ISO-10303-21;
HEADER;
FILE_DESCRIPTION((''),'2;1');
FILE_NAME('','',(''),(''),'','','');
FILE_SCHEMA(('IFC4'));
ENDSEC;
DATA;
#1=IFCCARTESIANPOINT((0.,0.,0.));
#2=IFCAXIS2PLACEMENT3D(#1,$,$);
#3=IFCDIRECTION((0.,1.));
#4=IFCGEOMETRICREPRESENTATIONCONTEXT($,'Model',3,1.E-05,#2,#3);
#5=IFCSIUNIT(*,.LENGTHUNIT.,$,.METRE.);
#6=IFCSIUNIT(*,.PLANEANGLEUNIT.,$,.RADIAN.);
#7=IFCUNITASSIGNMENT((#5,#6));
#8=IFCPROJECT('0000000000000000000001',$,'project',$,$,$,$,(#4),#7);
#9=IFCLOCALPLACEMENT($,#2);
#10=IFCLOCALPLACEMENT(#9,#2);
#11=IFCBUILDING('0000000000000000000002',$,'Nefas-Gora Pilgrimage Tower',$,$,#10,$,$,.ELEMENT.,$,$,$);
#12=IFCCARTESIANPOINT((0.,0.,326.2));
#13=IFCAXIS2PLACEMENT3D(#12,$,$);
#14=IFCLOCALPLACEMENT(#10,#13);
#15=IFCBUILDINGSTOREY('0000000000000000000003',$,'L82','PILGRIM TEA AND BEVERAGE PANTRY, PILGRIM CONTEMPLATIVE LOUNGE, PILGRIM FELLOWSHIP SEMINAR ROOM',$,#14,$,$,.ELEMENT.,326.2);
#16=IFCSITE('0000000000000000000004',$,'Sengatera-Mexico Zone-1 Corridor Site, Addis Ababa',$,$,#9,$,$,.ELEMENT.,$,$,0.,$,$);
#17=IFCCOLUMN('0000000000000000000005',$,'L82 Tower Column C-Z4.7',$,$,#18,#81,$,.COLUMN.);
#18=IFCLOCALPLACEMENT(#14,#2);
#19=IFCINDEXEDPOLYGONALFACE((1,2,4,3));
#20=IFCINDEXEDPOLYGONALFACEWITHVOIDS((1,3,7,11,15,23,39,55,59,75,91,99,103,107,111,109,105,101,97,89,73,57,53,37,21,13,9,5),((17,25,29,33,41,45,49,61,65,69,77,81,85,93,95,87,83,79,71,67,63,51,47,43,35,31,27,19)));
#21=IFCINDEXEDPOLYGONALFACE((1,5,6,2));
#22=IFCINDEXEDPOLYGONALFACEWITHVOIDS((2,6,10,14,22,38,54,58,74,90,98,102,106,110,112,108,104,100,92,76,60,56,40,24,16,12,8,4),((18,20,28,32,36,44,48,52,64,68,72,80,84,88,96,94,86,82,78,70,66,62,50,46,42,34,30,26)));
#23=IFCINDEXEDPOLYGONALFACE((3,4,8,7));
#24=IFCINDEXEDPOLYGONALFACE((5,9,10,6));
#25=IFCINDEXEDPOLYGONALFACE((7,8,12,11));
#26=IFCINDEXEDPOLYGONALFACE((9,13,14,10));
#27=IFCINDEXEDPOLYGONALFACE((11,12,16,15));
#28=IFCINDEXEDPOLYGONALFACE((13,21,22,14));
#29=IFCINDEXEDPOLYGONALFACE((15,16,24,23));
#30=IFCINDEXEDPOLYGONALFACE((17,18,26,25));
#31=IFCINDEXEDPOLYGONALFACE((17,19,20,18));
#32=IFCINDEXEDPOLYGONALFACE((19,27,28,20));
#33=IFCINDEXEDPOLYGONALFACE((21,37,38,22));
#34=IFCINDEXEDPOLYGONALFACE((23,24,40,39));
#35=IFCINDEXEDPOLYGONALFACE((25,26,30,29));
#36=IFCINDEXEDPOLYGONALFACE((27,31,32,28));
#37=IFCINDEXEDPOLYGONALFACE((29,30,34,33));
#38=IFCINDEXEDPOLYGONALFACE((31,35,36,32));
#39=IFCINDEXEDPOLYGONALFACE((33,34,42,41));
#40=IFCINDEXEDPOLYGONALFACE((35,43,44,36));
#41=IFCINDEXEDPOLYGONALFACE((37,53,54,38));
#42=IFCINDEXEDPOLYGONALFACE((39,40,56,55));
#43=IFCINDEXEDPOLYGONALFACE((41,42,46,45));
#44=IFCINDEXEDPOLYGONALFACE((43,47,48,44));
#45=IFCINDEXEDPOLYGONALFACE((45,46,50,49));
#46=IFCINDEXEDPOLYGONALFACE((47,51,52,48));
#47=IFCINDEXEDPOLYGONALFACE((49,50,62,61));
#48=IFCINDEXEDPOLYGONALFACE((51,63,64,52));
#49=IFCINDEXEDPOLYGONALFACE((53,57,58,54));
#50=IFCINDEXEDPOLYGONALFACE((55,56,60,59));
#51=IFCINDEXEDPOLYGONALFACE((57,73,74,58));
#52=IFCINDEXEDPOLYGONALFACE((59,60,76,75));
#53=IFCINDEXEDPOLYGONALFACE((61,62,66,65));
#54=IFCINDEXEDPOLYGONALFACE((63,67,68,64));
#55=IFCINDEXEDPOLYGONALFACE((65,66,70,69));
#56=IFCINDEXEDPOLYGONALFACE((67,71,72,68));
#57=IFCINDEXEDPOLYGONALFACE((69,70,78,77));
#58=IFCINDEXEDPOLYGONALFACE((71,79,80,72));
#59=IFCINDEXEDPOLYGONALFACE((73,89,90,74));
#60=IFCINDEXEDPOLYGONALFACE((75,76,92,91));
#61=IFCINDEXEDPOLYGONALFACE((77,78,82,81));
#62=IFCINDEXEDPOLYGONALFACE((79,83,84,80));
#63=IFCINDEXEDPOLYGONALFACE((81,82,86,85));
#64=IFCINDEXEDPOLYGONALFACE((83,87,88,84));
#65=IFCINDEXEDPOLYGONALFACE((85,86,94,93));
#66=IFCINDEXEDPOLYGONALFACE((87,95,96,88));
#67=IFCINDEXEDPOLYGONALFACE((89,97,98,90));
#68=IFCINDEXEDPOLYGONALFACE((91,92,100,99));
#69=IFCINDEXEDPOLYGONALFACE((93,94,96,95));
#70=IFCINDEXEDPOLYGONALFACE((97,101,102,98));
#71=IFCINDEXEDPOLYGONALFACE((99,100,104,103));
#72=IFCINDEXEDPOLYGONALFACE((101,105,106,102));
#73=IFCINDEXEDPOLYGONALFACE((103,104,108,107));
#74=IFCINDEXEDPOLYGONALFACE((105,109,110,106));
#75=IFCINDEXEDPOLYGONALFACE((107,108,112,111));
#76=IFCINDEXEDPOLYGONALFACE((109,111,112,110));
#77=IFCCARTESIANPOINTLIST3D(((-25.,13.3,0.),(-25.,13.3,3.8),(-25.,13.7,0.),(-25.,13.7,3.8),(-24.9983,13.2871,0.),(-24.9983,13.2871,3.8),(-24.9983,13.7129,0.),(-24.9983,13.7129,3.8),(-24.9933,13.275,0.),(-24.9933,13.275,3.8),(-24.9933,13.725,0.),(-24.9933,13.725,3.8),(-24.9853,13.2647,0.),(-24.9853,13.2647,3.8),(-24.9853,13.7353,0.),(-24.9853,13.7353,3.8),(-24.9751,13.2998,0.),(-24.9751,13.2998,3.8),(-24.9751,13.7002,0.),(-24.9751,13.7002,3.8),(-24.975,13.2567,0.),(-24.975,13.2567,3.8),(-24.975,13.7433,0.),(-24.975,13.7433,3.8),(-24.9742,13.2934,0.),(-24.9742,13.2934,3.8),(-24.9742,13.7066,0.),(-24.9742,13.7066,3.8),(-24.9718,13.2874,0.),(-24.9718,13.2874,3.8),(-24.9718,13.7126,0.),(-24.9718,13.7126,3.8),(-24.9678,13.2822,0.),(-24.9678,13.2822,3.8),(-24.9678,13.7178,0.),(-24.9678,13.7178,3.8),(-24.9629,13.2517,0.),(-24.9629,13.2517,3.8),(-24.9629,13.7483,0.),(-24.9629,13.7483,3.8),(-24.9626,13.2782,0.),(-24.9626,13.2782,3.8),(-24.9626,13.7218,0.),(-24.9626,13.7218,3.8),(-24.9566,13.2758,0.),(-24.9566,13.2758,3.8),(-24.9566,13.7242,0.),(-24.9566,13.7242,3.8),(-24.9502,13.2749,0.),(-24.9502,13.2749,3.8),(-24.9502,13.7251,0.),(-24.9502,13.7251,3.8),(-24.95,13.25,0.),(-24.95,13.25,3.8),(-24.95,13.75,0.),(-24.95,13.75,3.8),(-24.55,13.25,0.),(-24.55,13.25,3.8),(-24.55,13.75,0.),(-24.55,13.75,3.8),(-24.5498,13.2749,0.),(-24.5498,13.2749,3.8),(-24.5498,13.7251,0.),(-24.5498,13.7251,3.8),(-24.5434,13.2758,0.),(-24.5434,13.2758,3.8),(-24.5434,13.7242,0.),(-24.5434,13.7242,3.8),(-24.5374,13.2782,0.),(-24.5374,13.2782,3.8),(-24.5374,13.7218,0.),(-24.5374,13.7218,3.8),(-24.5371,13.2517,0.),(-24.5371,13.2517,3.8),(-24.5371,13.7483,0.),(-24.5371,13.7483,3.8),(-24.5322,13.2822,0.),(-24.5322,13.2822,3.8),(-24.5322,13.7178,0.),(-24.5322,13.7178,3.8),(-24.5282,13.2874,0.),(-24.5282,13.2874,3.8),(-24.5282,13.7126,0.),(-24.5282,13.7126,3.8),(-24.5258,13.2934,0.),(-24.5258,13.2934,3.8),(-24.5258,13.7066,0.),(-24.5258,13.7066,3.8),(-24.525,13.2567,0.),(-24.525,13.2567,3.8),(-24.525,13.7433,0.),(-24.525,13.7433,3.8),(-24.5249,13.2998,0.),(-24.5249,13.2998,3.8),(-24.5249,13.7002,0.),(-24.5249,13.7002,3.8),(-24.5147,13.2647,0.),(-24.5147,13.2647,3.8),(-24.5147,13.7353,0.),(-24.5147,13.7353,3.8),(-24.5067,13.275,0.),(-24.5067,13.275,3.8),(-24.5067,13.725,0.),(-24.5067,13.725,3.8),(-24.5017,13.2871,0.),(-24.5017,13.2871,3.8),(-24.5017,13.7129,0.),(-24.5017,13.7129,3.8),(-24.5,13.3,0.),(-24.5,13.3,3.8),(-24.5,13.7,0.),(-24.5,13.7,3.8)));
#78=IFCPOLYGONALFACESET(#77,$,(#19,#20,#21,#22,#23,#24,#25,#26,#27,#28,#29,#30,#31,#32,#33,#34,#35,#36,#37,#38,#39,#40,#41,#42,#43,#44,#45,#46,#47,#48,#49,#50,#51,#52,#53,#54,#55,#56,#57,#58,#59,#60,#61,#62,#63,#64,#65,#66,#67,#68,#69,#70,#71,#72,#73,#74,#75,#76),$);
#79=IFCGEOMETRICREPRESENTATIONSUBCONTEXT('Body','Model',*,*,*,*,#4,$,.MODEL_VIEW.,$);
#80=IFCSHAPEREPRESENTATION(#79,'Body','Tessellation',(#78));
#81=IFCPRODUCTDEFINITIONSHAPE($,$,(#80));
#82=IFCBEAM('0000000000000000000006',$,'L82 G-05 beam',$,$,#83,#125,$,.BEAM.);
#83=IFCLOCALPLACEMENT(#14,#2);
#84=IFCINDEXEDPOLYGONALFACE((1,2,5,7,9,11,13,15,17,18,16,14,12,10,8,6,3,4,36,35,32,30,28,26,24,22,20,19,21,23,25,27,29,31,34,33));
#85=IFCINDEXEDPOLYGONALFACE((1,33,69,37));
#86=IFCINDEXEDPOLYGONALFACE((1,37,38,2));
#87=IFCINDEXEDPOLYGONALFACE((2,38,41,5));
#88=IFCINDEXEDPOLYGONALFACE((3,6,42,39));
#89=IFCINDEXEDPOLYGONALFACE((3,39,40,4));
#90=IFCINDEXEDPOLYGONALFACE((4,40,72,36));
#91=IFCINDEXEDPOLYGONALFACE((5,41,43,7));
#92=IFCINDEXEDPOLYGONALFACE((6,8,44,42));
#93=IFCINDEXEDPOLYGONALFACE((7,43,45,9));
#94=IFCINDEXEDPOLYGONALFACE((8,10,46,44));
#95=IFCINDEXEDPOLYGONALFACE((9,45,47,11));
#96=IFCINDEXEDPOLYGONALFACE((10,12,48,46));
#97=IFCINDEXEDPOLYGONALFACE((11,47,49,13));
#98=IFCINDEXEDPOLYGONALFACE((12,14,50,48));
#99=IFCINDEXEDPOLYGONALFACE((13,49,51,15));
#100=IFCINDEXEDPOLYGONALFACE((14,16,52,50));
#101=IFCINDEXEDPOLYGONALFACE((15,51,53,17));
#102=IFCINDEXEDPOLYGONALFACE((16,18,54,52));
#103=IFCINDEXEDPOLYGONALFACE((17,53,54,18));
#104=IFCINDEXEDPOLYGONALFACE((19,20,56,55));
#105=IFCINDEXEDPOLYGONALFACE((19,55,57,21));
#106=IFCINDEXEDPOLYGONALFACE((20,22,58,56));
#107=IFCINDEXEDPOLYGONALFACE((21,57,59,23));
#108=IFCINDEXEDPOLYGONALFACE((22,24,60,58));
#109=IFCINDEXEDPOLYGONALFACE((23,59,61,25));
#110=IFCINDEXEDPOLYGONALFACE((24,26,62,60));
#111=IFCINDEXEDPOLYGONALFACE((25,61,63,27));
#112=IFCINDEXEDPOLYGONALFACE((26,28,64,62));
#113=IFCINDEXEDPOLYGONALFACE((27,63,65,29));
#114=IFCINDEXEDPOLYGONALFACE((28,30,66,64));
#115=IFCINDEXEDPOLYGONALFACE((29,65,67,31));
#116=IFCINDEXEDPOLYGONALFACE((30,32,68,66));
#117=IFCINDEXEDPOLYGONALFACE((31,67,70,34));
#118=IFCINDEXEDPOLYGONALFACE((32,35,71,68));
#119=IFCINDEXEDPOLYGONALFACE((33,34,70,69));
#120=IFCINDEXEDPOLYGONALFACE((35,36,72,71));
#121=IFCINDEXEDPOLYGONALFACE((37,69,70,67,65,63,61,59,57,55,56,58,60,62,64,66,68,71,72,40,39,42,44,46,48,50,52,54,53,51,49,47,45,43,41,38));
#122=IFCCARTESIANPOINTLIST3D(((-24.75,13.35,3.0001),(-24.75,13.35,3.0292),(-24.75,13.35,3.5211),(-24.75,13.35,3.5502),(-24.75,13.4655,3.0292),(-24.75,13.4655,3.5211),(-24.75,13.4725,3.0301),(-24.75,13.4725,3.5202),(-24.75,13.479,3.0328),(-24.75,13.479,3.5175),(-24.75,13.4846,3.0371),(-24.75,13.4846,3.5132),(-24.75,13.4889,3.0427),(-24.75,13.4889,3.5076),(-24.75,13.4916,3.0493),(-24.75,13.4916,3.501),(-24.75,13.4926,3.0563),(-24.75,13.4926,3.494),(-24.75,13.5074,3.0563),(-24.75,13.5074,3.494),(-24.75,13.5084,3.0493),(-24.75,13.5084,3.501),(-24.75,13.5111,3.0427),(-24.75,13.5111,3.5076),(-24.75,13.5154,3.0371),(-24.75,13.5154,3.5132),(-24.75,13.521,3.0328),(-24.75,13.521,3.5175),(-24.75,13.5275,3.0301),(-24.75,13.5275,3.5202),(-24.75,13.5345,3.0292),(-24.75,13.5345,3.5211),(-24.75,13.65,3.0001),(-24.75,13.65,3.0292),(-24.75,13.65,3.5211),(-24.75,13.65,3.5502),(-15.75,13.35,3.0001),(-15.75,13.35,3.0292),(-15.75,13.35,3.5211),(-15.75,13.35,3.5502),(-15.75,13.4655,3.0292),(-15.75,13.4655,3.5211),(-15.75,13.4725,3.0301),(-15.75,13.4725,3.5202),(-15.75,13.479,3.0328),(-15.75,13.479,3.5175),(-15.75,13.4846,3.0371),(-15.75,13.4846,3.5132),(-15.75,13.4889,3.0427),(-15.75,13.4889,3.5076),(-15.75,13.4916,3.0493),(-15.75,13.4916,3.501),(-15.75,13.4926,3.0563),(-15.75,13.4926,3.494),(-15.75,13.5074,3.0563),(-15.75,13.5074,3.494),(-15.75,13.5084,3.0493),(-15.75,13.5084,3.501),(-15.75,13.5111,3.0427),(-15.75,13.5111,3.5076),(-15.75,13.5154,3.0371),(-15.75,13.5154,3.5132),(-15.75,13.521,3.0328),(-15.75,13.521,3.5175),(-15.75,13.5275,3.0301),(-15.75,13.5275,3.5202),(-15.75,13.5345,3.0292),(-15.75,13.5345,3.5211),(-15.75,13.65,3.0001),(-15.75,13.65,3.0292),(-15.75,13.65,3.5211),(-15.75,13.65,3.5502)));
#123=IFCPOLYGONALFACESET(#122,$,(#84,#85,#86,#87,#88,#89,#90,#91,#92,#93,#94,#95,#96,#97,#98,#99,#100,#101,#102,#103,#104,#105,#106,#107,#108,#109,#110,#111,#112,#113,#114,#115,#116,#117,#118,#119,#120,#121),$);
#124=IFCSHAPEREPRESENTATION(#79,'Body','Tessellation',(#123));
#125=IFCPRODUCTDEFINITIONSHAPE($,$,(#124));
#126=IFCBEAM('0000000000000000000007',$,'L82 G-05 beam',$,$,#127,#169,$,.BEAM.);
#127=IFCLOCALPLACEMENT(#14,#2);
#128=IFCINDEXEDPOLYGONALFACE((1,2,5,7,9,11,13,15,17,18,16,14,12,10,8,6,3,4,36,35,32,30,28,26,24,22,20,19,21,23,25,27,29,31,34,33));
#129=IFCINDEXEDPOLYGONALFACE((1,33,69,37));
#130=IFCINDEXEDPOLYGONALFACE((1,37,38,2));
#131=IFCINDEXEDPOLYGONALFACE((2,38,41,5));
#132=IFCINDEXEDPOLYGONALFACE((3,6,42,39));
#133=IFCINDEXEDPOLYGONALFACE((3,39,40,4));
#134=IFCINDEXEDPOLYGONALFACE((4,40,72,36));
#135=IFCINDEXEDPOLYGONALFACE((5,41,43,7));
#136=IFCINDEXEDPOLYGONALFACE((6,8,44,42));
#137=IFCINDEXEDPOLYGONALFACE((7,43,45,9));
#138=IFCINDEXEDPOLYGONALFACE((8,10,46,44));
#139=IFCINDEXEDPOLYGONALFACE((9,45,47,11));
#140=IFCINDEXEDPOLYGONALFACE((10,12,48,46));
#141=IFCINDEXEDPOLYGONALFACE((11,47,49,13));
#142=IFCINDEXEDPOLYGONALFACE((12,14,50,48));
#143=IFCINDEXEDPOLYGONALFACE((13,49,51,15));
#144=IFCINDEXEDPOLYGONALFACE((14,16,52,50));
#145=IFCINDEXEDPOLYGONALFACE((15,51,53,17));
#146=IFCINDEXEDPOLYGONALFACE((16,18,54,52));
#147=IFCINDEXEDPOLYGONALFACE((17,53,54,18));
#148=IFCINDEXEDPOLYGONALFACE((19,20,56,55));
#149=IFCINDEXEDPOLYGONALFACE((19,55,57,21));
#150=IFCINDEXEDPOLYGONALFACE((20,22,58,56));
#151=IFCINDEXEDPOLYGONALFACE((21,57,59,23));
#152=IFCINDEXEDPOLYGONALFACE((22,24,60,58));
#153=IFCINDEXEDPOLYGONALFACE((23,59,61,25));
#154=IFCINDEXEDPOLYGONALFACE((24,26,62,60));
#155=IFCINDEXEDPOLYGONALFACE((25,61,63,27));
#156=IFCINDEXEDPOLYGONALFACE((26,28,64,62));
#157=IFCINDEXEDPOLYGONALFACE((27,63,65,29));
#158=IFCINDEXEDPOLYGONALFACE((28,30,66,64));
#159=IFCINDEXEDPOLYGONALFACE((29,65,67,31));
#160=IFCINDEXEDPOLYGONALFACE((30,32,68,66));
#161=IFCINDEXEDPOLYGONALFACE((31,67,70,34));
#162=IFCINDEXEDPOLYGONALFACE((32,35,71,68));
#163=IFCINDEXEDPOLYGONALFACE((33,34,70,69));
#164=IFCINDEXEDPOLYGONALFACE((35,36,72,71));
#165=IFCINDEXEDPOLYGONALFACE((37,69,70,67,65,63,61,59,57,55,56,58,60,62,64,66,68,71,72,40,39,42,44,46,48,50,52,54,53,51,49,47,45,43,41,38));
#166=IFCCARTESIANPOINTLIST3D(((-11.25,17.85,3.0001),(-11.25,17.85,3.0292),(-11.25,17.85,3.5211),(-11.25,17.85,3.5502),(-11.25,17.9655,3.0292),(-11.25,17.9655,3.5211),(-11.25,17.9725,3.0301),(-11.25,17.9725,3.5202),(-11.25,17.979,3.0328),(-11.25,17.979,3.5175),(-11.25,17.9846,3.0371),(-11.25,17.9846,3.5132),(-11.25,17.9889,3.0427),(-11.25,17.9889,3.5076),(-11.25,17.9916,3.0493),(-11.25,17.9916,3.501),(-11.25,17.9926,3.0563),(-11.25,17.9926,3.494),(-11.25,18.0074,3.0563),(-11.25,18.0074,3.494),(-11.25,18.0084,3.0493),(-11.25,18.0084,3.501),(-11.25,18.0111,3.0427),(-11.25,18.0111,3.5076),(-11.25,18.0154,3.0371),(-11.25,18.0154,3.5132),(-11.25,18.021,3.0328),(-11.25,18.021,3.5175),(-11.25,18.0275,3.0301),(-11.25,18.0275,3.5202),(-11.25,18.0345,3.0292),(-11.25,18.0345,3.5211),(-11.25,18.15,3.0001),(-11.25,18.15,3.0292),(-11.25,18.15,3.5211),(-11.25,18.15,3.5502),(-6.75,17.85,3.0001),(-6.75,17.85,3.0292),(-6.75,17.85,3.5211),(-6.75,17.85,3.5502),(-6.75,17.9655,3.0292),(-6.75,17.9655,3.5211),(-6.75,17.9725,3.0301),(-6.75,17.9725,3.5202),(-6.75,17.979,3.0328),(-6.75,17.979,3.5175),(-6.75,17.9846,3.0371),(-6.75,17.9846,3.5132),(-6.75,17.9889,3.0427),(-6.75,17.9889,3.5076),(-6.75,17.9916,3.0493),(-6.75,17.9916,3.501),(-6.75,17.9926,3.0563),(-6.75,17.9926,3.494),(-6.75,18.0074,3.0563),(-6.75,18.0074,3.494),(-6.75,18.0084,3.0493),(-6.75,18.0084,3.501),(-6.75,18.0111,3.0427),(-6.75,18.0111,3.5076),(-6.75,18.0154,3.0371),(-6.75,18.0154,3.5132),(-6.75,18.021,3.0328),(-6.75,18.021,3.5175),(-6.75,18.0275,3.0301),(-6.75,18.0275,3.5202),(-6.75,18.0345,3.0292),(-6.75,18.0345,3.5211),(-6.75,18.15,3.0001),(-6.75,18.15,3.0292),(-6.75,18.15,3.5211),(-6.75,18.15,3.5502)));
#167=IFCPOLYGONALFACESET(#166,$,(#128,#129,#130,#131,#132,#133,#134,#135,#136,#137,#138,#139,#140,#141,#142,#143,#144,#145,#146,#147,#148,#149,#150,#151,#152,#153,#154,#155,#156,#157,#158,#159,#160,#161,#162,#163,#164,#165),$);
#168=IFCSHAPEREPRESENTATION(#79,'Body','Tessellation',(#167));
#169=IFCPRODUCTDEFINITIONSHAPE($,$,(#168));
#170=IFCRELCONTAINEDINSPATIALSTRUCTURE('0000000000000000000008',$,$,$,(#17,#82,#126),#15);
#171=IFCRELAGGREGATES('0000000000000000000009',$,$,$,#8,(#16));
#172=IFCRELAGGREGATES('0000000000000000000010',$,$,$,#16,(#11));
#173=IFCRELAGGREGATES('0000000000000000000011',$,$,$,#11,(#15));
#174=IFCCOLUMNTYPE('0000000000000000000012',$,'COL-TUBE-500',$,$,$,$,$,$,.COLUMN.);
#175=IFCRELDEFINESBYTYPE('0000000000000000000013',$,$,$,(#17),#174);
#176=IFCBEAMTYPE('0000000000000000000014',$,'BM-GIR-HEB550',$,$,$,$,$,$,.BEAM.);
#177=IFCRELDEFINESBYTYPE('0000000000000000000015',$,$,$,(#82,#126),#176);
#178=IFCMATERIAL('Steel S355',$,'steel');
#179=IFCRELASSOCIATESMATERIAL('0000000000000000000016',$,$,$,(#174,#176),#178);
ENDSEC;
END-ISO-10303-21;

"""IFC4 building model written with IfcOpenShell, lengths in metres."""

from ifc_helpers import new_model, si_unit, direction, frame, origin, origin_2d, place, context, subcontext, project, spatial, hollow_rectangle, i_section, extrude, source, transform, mapped, material, material_profile, profile_set, type_object, element, save


model = new_model("IFC4")

# Units and contexts
model_context = context("Model", 3, precision=1e-05, world=origin(), true_north=direction((0.0, 1.0)))
body_context = subcontext(model_context, "Body", "Model", "MODEL_VIEW")
ifc_project = project(units=[si_unit("LENGTHUNIT", "METRE"), si_unit("PLANEANGLEUNIT", "RADIAN")], contexts=[model_context])

# Site, building, storey
site_placement = place(None, origin())
site = spatial("IfcSite", under=ifc_project, at=site_placement, Name="Sengatera-Mexico Zone-1 Corridor Site, Addis Ababa", CompositionType="ELEMENT", RefElevation=0.0)
building_placement = place(site_placement, origin())
building = spatial("IfcBuilding", under=site, at=building_placement, Name="Nefas-Gora Pilgrimage Tower", CompositionType="ELEMENT")
storey_placement = place(building_placement, frame((0.0, 0.0, 326.2)))
storey = spatial("IfcBuildingStorey", under=building, at=storey_placement, Name="L82", Description="PILGRIM TEA AND BEVERAGE PANTRY, PILGRIM CONTEMPLATIVE LOUNGE, PILGRIM FELLOWSHIP SEMINAR ROOM", CompositionType="ELEMENT", Elevation=326.2)

# Column
ifc_material_1 = material(Name="Steel S355", Category="steel")
ifc_material_profile_1 = material_profile(ifc_material_1, hollow_rectangle(XDim=0.5, YDim=0.5, WallThickness=0.0249, InnerFilletRadius=0.0249, OuterFilletRadius=0.05, at=origin_2d()), Name="SHS 500x500x25")
ifc_profile_set_1 = profile_set([ifc_material_profile_1], Name="Steel S355")
column_type_1 = type_object("IfcColumnType", Name="COL-TUBE-500", PredefinedType="COLUMN", material=ifc_profile_set_1)
shared_shape_1 = source(origin(), body_context, "Body", "SweptSolid", [
    extrude(hollow_rectangle(XDim=0.5, YDim=0.5, WallThickness=0.0249, InnerFilletRadius=0.0249, OuterFilletRadius=0.05, at=origin_2d()), origin(), (0.0, 0.0, 1.0), 3.8),
])
column_placement = place(storey_placement, frame((-24.75, 13.5, 0.0), z_axis=(0.0, 0.0, 1.0), x_axis=(1.0, 0.0, 0.0)))
element("IfcColumn", 1, at=column_placement, inside=storey, type_object=column_type_1, Name="L82 Tower Column C-Z4.7", PredefinedType="COLUMN", context=body_context, shape_type="MappedRepresentation", body=[
    mapped(shared_shape_1, transform((0.0, 0.0, 0.0), x_axis=(1.0, 0.0, 0.0), y_axis=(0.0, 1.0, 0.0), z_axis=(0.0, 0.0, 1.0), scale=1.0)),
])

# Beams
ifc_material_profile_2 = material_profile(ifc_material_1, i_section(OverallWidth=0.3, OverallDepth=0.55, WebThickness=0.0149, FlangeThickness=0.0291, FilletRadius=0.0271, at=origin_2d()), Name="HEB 550")
ifc_profile_set_2 = profile_set([ifc_material_profile_2], Name="Steel S355")
beam_type = type_object("IfcBeamType", Name="BM-GIR-HEB550", PredefinedType="BEAM", material=ifc_profile_set_2)
shared_shape_2 = source(origin(), body_context, "Body", "SweptSolid", [
    extrude(i_section(OverallWidth=0.3, OverallDepth=0.55, WebThickness=0.0149, FlangeThickness=0.0291, FilletRadius=0.0271, at=origin_2d()), origin(), (0.0, 0.0, 1.0), 9.0),
])
beam_1_placement = place(storey_placement, frame((-24.75, 13.5, 3.2751), z_axis=(1.0, 0.0, 0.0), x_axis=(0.0, 1.0, 0.0)))
element("IfcBeam", 2, at=beam_1_placement, inside=storey, type_object=beam_type, Name="L82 G-05 beam", PredefinedType="BEAM", context=body_context, shape_type="MappedRepresentation", body=[
    mapped(shared_shape_2, transform((0.0, 0.0, 0.0), x_axis=(1.0, 0.0, 0.0), y_axis=(0.0, 1.0, 0.0), z_axis=(0.0, 0.0, 1.0), scale=1.0)),
])
shared_shape_3 = source(origin(), body_context, "Body", "SweptSolid", [
    extrude(i_section(OverallWidth=0.3, OverallDepth=0.55, WebThickness=0.0149, FlangeThickness=0.0291, FilletRadius=0.0271, at=origin_2d()), origin(), (0.0, 0.0, 1.0), 4.5),
])
beam_2_placement = place(storey_placement, frame((-11.25, 18.0, 3.2751), z_axis=(1.0, 0.0, 0.0), x_axis=(0.0, 1.0, 0.0)))
element("IfcBeam", 3, at=beam_2_placement, inside=storey, type_object=beam_type, Name="L82 G-05 beam", PredefinedType="BEAM", context=body_context, shape_type="MappedRepresentation", body=[
    mapped(shared_shape_3, transform((0.0, 0.0, 0.0), x_axis=(1.0, 0.0, 0.0), y_axis=(0.0, 1.0, 0.0), z_axis=(0.0, 0.0, 1.0), scale=1.0)),
])

save(model, "model.ifc")
